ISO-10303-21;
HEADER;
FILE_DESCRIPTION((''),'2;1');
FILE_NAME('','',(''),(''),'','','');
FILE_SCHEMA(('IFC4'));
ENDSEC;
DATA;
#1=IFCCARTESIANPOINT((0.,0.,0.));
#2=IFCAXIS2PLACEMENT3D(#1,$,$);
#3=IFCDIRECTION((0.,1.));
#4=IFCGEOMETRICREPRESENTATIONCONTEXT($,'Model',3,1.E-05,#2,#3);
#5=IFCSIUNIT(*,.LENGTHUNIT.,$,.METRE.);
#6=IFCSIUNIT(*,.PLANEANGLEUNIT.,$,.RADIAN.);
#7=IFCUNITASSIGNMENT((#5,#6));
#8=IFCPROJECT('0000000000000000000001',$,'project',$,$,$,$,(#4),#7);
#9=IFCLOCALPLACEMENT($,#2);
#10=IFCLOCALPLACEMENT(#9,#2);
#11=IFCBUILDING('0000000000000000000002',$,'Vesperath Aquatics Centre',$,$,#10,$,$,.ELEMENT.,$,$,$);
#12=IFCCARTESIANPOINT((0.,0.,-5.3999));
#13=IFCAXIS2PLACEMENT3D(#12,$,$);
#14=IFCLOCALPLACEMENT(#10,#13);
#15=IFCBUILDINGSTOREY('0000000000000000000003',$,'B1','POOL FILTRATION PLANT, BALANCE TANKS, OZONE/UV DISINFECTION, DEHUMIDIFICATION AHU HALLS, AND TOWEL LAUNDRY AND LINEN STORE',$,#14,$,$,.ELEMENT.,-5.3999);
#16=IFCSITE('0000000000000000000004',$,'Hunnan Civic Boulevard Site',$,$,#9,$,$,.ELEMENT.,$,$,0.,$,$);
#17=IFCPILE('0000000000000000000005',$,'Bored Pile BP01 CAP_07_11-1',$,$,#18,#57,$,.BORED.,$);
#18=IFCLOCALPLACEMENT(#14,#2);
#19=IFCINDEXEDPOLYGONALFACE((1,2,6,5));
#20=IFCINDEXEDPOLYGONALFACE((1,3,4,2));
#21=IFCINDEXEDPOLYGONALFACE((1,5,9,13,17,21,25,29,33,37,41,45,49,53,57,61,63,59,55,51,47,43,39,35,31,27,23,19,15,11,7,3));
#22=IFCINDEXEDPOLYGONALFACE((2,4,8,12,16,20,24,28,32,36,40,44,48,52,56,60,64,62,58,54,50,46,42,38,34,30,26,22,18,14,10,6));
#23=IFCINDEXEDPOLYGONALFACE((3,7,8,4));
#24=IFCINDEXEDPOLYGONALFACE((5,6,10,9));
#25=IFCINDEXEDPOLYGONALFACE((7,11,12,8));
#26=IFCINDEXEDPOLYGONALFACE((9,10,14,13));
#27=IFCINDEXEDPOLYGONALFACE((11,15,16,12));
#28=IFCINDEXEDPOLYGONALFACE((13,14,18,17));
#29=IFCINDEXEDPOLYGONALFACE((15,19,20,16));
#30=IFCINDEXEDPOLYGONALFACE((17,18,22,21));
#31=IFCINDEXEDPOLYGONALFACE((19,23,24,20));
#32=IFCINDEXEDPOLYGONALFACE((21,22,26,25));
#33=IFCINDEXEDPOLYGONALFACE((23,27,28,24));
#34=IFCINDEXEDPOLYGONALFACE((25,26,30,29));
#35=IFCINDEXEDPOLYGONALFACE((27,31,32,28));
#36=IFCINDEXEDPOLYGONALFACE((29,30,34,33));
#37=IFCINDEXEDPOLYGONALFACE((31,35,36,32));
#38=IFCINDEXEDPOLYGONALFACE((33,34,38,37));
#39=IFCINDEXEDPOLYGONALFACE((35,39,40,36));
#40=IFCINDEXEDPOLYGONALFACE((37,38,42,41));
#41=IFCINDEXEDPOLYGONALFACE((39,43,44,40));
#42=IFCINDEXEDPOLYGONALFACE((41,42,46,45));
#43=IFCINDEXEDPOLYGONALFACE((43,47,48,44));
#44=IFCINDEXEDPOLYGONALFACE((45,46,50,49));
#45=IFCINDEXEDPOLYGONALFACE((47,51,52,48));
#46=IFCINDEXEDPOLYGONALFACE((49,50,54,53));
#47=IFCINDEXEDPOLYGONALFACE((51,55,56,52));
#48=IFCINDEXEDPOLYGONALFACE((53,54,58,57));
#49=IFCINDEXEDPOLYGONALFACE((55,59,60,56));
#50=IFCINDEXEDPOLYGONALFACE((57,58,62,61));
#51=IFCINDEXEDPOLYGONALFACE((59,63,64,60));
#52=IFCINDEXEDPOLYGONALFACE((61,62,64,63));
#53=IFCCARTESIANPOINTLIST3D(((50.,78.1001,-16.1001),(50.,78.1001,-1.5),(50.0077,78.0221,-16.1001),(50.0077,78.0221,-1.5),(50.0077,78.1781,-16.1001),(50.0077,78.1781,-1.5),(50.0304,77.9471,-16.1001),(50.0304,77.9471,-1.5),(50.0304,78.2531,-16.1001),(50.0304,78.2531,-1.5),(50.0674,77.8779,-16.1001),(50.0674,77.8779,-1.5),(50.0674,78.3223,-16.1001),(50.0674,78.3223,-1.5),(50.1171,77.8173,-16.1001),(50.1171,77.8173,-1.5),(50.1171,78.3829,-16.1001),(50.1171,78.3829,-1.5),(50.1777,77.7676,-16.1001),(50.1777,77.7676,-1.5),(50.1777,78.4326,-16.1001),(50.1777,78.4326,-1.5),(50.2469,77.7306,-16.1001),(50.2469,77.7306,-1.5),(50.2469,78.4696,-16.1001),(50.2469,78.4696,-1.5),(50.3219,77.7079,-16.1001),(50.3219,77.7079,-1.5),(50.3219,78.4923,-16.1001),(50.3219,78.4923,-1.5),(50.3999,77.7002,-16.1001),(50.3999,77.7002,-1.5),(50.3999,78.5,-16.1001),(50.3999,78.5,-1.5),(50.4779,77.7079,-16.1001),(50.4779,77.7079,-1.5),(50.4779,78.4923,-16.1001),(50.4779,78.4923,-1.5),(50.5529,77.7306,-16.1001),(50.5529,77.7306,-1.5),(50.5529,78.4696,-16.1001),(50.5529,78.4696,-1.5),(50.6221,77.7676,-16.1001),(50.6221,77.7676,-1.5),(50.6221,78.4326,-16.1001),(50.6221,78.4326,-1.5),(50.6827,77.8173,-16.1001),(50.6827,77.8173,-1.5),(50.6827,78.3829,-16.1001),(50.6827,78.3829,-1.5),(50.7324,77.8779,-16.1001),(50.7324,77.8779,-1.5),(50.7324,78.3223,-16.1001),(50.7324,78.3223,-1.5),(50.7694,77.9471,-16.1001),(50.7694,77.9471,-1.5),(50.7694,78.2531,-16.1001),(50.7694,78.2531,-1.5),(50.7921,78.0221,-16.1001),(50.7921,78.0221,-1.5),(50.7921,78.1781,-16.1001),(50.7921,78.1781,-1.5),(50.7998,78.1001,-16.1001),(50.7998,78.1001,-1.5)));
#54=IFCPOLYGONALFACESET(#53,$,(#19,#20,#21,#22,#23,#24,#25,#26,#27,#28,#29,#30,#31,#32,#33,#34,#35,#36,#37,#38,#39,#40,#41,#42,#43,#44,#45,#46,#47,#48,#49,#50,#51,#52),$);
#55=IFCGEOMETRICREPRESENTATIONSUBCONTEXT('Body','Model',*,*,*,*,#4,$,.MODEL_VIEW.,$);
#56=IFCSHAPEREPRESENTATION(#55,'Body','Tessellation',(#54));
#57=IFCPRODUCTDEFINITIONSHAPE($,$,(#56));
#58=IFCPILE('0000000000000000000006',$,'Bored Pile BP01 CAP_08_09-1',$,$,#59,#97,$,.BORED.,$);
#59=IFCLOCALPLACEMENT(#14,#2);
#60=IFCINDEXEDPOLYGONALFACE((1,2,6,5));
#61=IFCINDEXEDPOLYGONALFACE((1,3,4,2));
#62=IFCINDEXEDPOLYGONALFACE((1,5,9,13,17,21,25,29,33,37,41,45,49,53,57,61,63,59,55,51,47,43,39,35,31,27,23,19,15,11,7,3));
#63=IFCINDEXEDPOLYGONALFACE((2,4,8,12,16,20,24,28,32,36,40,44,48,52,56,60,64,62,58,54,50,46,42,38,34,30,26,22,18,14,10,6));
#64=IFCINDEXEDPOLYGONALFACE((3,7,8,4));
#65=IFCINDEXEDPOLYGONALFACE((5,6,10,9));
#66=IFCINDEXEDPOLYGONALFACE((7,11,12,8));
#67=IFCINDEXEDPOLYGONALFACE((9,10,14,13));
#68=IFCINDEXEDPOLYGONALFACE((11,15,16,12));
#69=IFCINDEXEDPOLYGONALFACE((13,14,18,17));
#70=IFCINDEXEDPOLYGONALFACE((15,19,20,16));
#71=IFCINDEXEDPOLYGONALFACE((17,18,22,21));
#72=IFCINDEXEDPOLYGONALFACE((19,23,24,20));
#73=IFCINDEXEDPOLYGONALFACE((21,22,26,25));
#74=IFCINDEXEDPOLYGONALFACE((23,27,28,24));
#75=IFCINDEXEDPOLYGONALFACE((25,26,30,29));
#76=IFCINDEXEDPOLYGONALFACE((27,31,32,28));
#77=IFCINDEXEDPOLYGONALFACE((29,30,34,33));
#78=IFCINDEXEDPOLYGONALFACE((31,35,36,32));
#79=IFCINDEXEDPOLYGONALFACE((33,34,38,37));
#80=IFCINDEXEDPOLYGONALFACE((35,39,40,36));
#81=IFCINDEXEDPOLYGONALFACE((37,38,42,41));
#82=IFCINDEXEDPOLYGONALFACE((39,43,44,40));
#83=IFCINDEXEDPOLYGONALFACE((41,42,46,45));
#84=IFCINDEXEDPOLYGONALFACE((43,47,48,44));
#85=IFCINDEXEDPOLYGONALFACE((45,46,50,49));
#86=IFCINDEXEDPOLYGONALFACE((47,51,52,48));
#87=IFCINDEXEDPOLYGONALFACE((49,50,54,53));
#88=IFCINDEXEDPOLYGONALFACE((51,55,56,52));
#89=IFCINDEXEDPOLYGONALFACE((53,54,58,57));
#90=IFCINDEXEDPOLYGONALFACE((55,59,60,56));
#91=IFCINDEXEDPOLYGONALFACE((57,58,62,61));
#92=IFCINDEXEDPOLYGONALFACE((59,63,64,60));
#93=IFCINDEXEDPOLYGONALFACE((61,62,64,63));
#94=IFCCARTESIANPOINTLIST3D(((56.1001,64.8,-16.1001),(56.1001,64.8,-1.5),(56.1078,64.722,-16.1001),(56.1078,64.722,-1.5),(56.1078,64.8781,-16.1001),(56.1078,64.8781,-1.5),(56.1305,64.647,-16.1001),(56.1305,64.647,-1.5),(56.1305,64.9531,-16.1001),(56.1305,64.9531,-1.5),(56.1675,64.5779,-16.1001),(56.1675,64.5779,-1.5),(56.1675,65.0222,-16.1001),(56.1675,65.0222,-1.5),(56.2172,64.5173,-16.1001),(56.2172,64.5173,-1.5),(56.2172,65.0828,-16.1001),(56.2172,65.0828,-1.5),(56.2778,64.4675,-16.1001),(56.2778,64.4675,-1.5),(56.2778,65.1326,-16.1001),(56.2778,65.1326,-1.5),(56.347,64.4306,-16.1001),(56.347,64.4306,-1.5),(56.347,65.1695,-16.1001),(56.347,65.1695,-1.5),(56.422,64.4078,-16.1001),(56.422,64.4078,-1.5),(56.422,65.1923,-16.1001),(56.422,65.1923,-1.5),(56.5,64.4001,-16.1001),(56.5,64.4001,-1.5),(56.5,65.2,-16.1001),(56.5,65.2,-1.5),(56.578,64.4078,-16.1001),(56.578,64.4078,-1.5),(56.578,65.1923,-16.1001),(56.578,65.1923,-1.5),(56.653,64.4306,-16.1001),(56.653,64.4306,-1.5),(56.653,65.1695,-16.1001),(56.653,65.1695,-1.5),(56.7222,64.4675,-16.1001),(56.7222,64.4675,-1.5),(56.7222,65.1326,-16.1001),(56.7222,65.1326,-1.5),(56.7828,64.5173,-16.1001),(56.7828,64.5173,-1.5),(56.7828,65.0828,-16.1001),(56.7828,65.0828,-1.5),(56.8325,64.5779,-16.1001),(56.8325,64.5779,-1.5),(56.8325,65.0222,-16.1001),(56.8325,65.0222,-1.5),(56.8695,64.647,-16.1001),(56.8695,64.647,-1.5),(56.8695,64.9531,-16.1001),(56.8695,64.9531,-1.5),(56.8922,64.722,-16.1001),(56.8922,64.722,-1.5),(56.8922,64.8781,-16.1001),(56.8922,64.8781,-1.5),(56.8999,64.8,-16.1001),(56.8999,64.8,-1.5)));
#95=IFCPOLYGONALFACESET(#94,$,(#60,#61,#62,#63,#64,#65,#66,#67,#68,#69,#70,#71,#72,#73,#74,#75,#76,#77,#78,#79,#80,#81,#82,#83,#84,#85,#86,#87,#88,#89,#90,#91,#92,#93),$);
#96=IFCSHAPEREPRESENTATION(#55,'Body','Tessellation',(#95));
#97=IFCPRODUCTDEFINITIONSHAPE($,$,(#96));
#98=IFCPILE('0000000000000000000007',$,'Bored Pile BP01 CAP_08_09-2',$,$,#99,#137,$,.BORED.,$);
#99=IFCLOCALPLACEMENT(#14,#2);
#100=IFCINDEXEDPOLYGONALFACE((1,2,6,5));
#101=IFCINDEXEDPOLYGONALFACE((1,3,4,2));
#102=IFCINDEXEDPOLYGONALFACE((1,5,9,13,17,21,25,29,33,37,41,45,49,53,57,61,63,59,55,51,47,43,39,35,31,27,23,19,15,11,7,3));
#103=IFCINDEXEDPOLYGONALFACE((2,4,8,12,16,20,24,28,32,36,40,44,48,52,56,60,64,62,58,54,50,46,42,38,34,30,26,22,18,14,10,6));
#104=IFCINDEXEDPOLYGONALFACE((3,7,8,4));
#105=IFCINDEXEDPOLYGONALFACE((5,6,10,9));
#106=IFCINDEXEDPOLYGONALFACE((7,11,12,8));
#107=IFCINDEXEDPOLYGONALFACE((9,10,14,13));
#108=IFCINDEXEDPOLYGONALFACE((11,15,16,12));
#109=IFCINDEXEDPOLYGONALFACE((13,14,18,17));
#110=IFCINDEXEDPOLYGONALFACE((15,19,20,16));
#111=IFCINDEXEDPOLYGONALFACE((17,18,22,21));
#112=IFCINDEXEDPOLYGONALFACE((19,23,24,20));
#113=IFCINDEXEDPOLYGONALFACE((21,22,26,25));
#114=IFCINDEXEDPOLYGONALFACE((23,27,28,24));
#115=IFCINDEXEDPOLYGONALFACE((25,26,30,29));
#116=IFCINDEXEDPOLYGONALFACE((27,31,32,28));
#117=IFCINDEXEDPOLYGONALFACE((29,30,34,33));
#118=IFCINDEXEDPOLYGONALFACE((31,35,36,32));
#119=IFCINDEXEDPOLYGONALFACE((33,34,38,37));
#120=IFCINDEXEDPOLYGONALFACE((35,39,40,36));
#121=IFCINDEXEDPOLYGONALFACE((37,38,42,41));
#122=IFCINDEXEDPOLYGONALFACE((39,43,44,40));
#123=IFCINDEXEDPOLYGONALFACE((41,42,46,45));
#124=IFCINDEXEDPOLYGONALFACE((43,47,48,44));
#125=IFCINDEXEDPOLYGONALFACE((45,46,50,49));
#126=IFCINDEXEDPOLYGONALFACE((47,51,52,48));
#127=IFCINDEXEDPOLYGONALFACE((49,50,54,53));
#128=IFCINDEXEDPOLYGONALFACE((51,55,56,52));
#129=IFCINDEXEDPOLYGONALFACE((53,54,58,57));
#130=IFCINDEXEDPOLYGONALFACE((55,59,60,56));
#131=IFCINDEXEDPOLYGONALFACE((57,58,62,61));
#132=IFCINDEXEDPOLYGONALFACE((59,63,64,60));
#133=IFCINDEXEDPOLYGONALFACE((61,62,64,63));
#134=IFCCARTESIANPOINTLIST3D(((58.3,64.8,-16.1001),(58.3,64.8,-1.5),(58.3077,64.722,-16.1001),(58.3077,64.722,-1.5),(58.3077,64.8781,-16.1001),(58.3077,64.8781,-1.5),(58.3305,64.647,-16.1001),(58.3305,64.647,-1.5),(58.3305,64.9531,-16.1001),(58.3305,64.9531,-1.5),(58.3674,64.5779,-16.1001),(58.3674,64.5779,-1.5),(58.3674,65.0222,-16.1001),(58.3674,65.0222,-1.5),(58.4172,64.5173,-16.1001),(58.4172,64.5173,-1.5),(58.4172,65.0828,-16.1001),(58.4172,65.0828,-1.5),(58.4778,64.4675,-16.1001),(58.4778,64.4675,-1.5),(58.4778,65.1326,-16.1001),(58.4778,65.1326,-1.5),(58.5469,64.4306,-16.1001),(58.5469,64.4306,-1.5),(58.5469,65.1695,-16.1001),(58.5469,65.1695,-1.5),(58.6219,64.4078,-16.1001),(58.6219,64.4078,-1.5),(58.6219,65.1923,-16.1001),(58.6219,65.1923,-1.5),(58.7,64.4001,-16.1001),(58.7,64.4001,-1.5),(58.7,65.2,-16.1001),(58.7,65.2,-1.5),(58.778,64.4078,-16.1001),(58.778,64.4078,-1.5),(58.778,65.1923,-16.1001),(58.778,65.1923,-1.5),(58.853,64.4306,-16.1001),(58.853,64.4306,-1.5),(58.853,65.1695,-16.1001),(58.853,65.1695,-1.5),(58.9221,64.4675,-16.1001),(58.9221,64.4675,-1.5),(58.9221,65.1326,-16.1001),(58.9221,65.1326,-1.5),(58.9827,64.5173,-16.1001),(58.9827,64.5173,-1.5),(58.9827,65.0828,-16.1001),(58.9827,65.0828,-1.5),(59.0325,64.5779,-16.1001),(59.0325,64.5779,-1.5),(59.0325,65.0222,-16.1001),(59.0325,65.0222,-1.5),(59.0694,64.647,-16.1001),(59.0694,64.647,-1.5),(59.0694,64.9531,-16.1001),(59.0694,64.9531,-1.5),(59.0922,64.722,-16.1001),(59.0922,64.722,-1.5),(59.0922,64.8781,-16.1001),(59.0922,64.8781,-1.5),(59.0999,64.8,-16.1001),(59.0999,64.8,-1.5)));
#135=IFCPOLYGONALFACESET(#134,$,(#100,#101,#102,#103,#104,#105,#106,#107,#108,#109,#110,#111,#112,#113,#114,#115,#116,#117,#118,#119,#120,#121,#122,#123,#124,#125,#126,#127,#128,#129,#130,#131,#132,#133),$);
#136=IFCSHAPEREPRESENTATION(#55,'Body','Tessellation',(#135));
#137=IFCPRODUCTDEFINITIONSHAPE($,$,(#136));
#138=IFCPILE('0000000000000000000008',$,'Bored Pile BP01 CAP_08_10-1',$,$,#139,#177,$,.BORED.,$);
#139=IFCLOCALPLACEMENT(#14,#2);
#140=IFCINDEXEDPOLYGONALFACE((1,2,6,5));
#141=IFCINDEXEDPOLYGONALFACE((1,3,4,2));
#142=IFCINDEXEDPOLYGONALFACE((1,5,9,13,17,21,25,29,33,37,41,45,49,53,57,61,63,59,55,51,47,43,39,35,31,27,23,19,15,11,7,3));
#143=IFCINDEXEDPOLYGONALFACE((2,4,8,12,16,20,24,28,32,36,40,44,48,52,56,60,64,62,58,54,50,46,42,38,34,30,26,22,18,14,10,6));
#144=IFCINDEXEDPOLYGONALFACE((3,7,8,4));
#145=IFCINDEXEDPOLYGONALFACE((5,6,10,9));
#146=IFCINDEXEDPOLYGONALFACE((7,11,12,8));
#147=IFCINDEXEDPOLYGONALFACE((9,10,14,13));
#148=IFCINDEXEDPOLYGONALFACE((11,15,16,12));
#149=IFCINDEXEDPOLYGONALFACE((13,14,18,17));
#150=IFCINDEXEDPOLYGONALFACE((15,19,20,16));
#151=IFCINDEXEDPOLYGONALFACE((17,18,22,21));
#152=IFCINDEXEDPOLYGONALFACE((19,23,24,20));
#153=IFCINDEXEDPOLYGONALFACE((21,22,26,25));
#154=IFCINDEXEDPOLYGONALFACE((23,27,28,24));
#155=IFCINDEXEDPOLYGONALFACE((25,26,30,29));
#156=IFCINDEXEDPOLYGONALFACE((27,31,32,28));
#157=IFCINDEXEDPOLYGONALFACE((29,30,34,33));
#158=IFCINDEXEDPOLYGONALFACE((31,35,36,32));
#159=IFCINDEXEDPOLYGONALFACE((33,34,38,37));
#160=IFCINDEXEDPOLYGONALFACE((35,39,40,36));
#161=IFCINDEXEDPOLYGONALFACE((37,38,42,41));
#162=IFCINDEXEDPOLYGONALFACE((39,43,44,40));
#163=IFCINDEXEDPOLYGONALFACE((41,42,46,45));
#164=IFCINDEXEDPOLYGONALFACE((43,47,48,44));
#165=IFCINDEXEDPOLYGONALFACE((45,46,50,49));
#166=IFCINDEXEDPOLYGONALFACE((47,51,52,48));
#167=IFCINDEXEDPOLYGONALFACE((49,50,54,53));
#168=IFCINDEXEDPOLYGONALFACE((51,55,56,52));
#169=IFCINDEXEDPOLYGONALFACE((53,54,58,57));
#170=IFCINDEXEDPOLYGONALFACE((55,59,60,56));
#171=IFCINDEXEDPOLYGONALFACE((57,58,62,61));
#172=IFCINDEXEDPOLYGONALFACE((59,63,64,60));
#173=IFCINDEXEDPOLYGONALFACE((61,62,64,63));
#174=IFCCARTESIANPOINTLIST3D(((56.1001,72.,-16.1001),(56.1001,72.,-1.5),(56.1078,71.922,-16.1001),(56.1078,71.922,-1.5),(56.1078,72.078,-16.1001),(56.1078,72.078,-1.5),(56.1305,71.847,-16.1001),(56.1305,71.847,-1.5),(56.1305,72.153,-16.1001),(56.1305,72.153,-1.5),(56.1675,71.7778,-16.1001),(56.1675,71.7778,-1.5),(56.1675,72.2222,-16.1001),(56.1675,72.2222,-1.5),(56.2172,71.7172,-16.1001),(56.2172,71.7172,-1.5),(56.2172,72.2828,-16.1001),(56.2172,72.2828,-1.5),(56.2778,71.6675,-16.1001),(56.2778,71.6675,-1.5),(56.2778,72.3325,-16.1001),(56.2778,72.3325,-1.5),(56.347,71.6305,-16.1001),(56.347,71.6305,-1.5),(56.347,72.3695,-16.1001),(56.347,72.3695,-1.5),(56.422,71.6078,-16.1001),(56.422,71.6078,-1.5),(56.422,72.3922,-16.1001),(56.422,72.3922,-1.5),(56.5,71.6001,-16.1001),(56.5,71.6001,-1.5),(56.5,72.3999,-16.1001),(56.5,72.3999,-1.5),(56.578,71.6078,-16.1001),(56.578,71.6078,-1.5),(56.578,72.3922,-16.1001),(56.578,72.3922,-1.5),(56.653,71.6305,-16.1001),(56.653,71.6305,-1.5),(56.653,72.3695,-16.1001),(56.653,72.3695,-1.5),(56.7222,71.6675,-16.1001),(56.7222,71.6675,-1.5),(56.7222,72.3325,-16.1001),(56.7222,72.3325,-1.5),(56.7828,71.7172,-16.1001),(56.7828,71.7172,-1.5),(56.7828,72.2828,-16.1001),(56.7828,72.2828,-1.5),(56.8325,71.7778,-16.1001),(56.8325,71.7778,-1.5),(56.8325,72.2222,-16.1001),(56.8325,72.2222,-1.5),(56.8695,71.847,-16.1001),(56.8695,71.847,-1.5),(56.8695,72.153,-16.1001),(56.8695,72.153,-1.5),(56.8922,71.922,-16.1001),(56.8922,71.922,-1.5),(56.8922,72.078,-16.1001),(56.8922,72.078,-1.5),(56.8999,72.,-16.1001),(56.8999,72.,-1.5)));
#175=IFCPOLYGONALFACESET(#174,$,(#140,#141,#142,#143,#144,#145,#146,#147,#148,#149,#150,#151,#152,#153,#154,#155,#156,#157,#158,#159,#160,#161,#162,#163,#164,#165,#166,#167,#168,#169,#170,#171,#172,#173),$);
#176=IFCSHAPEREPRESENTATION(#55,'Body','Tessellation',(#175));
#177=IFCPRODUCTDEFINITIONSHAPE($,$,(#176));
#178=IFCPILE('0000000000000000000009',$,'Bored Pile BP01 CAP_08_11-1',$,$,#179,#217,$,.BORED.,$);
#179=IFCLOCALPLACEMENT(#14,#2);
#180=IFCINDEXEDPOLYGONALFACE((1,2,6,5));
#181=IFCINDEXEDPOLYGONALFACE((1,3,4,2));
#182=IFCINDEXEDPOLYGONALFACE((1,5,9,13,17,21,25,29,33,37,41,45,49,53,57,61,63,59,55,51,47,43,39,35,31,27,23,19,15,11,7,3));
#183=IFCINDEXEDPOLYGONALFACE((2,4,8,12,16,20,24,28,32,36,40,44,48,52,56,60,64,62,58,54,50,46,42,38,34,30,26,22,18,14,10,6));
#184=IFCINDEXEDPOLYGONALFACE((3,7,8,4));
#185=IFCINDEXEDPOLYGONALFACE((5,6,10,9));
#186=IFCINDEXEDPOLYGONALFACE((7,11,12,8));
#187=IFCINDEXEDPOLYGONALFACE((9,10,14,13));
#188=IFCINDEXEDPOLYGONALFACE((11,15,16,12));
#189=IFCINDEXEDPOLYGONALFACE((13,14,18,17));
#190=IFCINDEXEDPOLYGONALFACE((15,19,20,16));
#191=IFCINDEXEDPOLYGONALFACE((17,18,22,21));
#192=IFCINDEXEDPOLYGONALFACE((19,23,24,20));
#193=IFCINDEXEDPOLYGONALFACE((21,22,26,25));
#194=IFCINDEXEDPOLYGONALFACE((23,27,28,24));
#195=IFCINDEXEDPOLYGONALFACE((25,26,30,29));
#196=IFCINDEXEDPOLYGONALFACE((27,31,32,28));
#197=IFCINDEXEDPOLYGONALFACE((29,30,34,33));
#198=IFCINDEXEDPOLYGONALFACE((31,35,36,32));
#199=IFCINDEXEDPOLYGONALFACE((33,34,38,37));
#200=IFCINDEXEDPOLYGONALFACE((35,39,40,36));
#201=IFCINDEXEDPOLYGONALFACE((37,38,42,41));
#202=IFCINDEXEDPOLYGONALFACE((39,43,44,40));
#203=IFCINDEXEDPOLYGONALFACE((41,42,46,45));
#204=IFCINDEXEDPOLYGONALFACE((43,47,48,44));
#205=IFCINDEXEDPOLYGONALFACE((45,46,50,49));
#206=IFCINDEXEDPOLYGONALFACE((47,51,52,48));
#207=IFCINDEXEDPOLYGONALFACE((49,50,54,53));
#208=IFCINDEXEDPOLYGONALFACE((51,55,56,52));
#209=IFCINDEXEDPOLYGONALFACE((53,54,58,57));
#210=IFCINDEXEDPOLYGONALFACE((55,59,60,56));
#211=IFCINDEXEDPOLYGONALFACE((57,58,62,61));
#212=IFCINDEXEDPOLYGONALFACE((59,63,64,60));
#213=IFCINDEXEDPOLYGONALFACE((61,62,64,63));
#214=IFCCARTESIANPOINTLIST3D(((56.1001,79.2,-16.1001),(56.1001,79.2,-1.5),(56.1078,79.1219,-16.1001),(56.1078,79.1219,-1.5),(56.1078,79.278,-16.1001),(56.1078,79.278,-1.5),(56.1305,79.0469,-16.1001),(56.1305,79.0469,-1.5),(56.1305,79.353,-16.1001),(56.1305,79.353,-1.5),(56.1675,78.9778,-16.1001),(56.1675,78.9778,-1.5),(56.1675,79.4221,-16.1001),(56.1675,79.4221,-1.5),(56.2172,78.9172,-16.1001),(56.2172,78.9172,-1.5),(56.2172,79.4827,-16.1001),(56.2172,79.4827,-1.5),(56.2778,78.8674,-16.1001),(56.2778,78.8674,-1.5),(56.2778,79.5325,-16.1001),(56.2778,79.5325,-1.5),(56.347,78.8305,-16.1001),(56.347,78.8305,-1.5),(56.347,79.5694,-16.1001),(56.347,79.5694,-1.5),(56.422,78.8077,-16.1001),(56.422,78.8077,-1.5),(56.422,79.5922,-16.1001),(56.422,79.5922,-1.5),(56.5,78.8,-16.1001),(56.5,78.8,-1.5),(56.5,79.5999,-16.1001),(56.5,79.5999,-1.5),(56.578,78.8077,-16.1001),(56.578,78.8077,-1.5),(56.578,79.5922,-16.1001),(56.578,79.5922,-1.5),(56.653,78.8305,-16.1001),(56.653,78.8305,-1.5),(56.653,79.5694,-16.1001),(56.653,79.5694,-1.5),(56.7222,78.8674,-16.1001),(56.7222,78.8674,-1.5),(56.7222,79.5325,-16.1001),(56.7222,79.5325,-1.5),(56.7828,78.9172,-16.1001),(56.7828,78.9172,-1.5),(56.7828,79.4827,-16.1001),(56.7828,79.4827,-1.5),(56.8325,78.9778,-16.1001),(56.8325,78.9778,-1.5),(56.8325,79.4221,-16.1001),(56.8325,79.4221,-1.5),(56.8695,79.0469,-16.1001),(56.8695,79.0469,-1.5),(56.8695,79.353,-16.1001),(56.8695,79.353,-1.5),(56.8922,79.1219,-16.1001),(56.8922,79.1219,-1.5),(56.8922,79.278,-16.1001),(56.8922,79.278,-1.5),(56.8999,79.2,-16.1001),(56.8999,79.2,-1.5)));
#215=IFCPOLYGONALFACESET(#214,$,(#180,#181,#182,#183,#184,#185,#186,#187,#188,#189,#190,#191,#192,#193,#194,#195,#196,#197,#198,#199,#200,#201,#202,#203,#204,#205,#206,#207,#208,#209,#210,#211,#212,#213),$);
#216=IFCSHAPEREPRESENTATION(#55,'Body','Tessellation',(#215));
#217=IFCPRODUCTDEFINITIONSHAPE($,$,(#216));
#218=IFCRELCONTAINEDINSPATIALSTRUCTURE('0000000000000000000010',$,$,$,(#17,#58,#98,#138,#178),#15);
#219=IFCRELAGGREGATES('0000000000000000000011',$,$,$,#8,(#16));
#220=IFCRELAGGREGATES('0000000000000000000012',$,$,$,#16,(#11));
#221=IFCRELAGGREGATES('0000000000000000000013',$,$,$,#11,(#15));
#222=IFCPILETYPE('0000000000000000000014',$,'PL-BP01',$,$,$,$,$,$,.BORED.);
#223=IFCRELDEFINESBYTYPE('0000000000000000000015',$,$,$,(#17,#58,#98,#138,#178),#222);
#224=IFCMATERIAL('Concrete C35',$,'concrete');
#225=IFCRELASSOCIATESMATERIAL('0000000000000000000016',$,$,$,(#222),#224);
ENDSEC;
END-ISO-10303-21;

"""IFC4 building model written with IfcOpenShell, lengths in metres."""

from ifc_helpers import new_model, si_unit, direction, frame, origin, origin_2d, place, context, subcontext, project, spatial, circle, extrude, material, material_profile, profile_set, type_object, element, save


model = new_model("IFC4")

# Units and contexts
model_context = context("Model", 3, precision=1e-05, world=origin(), true_north=direction((0.0, 1.0)))
body_context = subcontext(model_context, "Body", "Model", "MODEL_VIEW")
ifc_project = project(units=[si_unit("LENGTHUNIT", "METRE"), si_unit("PLANEANGLEUNIT", "RADIAN")], contexts=[model_context])

# Site, building, storey
site_placement = place(None, origin())
site = spatial("IfcSite", under=ifc_project, at=site_placement, Name="Hunnan Civic Boulevard Site", CompositionType="ELEMENT", RefElevation=0.0)
building_placement = place(site_placement, origin())
building = spatial("IfcBuilding", under=site, at=building_placement, Name="Vesperath Aquatics Centre", CompositionType="ELEMENT")
storey_placement = place(building_placement, frame((0.0, 0.0, -5.3999)))
storey = spatial("IfcBuildingStorey", under=building, at=storey_placement, Name="B1", Description="POOL FILTRATION PLANT, BALANCE TANKS, OZONE/UV DISINFECTION, DEHUMIDIFICATION AHU HALLS, AND TOWEL LAUNDRY AND LINEN STORE", CompositionType="ELEMENT", Elevation=-5.3999)

# Piles
ifc_material_1 = material(Name="Concrete C35", Category="concrete")
ifc_material_profile_1 = material_profile(ifc_material_1, circle(Radius=0.3999, at=origin_2d()), Name="PILE D800")
ifc_profile_set_1 = profile_set([ifc_material_profile_1], Name="Concrete C35")
pile_type = type_object("IfcPileType", Name="PL-BP01", PredefinedType="BORED", material=ifc_profile_set_1)
for number, where, z_axis, x_axis, name in (
    (1, (50.3999, 78.1001, -1.5), (0.0, 0.0, -1.0), (1.0, 0.0, 0.0), "Bored Pile BP01 CAP_07_11-1"),
    (2, (56.5, 64.8, -1.5), (0.0, 0.0, -1.0), (1.0, 0.0, 0.0), "Bored Pile BP01 CAP_08_09-1"),
    (3, (58.7, 64.8, -1.5), (0.0, 0.0, -1.0), (1.0, 0.0, 0.0), "Bored Pile BP01 CAP_08_09-2"),
    (4, (56.5, 72.0, -1.5), (0.0, 0.0, -1.0), (1.0, 0.0, 0.0), "Bored Pile BP01 CAP_08_10-1"),
    (5, (56.5, 79.2, -1.5), (0.0, 0.0, -1.0), (1.0, 0.0, 0.0), "Bored Pile BP01 CAP_08_11-1"),
):
    element("IfcPile", number, at=place(storey_placement, frame(where, z_axis=z_axis, x_axis=x_axis)), inside=storey, type_object=pile_type, Name=name, PredefinedType="BORED", context=body_context, shape_type="SweptSolid", body=[
        extrude(circle(Radius=0.3999, at=origin_2d()), origin(), (0.0, 0.0, 1.0), 14.6001),
    ])

save(model, "model.ifc")
